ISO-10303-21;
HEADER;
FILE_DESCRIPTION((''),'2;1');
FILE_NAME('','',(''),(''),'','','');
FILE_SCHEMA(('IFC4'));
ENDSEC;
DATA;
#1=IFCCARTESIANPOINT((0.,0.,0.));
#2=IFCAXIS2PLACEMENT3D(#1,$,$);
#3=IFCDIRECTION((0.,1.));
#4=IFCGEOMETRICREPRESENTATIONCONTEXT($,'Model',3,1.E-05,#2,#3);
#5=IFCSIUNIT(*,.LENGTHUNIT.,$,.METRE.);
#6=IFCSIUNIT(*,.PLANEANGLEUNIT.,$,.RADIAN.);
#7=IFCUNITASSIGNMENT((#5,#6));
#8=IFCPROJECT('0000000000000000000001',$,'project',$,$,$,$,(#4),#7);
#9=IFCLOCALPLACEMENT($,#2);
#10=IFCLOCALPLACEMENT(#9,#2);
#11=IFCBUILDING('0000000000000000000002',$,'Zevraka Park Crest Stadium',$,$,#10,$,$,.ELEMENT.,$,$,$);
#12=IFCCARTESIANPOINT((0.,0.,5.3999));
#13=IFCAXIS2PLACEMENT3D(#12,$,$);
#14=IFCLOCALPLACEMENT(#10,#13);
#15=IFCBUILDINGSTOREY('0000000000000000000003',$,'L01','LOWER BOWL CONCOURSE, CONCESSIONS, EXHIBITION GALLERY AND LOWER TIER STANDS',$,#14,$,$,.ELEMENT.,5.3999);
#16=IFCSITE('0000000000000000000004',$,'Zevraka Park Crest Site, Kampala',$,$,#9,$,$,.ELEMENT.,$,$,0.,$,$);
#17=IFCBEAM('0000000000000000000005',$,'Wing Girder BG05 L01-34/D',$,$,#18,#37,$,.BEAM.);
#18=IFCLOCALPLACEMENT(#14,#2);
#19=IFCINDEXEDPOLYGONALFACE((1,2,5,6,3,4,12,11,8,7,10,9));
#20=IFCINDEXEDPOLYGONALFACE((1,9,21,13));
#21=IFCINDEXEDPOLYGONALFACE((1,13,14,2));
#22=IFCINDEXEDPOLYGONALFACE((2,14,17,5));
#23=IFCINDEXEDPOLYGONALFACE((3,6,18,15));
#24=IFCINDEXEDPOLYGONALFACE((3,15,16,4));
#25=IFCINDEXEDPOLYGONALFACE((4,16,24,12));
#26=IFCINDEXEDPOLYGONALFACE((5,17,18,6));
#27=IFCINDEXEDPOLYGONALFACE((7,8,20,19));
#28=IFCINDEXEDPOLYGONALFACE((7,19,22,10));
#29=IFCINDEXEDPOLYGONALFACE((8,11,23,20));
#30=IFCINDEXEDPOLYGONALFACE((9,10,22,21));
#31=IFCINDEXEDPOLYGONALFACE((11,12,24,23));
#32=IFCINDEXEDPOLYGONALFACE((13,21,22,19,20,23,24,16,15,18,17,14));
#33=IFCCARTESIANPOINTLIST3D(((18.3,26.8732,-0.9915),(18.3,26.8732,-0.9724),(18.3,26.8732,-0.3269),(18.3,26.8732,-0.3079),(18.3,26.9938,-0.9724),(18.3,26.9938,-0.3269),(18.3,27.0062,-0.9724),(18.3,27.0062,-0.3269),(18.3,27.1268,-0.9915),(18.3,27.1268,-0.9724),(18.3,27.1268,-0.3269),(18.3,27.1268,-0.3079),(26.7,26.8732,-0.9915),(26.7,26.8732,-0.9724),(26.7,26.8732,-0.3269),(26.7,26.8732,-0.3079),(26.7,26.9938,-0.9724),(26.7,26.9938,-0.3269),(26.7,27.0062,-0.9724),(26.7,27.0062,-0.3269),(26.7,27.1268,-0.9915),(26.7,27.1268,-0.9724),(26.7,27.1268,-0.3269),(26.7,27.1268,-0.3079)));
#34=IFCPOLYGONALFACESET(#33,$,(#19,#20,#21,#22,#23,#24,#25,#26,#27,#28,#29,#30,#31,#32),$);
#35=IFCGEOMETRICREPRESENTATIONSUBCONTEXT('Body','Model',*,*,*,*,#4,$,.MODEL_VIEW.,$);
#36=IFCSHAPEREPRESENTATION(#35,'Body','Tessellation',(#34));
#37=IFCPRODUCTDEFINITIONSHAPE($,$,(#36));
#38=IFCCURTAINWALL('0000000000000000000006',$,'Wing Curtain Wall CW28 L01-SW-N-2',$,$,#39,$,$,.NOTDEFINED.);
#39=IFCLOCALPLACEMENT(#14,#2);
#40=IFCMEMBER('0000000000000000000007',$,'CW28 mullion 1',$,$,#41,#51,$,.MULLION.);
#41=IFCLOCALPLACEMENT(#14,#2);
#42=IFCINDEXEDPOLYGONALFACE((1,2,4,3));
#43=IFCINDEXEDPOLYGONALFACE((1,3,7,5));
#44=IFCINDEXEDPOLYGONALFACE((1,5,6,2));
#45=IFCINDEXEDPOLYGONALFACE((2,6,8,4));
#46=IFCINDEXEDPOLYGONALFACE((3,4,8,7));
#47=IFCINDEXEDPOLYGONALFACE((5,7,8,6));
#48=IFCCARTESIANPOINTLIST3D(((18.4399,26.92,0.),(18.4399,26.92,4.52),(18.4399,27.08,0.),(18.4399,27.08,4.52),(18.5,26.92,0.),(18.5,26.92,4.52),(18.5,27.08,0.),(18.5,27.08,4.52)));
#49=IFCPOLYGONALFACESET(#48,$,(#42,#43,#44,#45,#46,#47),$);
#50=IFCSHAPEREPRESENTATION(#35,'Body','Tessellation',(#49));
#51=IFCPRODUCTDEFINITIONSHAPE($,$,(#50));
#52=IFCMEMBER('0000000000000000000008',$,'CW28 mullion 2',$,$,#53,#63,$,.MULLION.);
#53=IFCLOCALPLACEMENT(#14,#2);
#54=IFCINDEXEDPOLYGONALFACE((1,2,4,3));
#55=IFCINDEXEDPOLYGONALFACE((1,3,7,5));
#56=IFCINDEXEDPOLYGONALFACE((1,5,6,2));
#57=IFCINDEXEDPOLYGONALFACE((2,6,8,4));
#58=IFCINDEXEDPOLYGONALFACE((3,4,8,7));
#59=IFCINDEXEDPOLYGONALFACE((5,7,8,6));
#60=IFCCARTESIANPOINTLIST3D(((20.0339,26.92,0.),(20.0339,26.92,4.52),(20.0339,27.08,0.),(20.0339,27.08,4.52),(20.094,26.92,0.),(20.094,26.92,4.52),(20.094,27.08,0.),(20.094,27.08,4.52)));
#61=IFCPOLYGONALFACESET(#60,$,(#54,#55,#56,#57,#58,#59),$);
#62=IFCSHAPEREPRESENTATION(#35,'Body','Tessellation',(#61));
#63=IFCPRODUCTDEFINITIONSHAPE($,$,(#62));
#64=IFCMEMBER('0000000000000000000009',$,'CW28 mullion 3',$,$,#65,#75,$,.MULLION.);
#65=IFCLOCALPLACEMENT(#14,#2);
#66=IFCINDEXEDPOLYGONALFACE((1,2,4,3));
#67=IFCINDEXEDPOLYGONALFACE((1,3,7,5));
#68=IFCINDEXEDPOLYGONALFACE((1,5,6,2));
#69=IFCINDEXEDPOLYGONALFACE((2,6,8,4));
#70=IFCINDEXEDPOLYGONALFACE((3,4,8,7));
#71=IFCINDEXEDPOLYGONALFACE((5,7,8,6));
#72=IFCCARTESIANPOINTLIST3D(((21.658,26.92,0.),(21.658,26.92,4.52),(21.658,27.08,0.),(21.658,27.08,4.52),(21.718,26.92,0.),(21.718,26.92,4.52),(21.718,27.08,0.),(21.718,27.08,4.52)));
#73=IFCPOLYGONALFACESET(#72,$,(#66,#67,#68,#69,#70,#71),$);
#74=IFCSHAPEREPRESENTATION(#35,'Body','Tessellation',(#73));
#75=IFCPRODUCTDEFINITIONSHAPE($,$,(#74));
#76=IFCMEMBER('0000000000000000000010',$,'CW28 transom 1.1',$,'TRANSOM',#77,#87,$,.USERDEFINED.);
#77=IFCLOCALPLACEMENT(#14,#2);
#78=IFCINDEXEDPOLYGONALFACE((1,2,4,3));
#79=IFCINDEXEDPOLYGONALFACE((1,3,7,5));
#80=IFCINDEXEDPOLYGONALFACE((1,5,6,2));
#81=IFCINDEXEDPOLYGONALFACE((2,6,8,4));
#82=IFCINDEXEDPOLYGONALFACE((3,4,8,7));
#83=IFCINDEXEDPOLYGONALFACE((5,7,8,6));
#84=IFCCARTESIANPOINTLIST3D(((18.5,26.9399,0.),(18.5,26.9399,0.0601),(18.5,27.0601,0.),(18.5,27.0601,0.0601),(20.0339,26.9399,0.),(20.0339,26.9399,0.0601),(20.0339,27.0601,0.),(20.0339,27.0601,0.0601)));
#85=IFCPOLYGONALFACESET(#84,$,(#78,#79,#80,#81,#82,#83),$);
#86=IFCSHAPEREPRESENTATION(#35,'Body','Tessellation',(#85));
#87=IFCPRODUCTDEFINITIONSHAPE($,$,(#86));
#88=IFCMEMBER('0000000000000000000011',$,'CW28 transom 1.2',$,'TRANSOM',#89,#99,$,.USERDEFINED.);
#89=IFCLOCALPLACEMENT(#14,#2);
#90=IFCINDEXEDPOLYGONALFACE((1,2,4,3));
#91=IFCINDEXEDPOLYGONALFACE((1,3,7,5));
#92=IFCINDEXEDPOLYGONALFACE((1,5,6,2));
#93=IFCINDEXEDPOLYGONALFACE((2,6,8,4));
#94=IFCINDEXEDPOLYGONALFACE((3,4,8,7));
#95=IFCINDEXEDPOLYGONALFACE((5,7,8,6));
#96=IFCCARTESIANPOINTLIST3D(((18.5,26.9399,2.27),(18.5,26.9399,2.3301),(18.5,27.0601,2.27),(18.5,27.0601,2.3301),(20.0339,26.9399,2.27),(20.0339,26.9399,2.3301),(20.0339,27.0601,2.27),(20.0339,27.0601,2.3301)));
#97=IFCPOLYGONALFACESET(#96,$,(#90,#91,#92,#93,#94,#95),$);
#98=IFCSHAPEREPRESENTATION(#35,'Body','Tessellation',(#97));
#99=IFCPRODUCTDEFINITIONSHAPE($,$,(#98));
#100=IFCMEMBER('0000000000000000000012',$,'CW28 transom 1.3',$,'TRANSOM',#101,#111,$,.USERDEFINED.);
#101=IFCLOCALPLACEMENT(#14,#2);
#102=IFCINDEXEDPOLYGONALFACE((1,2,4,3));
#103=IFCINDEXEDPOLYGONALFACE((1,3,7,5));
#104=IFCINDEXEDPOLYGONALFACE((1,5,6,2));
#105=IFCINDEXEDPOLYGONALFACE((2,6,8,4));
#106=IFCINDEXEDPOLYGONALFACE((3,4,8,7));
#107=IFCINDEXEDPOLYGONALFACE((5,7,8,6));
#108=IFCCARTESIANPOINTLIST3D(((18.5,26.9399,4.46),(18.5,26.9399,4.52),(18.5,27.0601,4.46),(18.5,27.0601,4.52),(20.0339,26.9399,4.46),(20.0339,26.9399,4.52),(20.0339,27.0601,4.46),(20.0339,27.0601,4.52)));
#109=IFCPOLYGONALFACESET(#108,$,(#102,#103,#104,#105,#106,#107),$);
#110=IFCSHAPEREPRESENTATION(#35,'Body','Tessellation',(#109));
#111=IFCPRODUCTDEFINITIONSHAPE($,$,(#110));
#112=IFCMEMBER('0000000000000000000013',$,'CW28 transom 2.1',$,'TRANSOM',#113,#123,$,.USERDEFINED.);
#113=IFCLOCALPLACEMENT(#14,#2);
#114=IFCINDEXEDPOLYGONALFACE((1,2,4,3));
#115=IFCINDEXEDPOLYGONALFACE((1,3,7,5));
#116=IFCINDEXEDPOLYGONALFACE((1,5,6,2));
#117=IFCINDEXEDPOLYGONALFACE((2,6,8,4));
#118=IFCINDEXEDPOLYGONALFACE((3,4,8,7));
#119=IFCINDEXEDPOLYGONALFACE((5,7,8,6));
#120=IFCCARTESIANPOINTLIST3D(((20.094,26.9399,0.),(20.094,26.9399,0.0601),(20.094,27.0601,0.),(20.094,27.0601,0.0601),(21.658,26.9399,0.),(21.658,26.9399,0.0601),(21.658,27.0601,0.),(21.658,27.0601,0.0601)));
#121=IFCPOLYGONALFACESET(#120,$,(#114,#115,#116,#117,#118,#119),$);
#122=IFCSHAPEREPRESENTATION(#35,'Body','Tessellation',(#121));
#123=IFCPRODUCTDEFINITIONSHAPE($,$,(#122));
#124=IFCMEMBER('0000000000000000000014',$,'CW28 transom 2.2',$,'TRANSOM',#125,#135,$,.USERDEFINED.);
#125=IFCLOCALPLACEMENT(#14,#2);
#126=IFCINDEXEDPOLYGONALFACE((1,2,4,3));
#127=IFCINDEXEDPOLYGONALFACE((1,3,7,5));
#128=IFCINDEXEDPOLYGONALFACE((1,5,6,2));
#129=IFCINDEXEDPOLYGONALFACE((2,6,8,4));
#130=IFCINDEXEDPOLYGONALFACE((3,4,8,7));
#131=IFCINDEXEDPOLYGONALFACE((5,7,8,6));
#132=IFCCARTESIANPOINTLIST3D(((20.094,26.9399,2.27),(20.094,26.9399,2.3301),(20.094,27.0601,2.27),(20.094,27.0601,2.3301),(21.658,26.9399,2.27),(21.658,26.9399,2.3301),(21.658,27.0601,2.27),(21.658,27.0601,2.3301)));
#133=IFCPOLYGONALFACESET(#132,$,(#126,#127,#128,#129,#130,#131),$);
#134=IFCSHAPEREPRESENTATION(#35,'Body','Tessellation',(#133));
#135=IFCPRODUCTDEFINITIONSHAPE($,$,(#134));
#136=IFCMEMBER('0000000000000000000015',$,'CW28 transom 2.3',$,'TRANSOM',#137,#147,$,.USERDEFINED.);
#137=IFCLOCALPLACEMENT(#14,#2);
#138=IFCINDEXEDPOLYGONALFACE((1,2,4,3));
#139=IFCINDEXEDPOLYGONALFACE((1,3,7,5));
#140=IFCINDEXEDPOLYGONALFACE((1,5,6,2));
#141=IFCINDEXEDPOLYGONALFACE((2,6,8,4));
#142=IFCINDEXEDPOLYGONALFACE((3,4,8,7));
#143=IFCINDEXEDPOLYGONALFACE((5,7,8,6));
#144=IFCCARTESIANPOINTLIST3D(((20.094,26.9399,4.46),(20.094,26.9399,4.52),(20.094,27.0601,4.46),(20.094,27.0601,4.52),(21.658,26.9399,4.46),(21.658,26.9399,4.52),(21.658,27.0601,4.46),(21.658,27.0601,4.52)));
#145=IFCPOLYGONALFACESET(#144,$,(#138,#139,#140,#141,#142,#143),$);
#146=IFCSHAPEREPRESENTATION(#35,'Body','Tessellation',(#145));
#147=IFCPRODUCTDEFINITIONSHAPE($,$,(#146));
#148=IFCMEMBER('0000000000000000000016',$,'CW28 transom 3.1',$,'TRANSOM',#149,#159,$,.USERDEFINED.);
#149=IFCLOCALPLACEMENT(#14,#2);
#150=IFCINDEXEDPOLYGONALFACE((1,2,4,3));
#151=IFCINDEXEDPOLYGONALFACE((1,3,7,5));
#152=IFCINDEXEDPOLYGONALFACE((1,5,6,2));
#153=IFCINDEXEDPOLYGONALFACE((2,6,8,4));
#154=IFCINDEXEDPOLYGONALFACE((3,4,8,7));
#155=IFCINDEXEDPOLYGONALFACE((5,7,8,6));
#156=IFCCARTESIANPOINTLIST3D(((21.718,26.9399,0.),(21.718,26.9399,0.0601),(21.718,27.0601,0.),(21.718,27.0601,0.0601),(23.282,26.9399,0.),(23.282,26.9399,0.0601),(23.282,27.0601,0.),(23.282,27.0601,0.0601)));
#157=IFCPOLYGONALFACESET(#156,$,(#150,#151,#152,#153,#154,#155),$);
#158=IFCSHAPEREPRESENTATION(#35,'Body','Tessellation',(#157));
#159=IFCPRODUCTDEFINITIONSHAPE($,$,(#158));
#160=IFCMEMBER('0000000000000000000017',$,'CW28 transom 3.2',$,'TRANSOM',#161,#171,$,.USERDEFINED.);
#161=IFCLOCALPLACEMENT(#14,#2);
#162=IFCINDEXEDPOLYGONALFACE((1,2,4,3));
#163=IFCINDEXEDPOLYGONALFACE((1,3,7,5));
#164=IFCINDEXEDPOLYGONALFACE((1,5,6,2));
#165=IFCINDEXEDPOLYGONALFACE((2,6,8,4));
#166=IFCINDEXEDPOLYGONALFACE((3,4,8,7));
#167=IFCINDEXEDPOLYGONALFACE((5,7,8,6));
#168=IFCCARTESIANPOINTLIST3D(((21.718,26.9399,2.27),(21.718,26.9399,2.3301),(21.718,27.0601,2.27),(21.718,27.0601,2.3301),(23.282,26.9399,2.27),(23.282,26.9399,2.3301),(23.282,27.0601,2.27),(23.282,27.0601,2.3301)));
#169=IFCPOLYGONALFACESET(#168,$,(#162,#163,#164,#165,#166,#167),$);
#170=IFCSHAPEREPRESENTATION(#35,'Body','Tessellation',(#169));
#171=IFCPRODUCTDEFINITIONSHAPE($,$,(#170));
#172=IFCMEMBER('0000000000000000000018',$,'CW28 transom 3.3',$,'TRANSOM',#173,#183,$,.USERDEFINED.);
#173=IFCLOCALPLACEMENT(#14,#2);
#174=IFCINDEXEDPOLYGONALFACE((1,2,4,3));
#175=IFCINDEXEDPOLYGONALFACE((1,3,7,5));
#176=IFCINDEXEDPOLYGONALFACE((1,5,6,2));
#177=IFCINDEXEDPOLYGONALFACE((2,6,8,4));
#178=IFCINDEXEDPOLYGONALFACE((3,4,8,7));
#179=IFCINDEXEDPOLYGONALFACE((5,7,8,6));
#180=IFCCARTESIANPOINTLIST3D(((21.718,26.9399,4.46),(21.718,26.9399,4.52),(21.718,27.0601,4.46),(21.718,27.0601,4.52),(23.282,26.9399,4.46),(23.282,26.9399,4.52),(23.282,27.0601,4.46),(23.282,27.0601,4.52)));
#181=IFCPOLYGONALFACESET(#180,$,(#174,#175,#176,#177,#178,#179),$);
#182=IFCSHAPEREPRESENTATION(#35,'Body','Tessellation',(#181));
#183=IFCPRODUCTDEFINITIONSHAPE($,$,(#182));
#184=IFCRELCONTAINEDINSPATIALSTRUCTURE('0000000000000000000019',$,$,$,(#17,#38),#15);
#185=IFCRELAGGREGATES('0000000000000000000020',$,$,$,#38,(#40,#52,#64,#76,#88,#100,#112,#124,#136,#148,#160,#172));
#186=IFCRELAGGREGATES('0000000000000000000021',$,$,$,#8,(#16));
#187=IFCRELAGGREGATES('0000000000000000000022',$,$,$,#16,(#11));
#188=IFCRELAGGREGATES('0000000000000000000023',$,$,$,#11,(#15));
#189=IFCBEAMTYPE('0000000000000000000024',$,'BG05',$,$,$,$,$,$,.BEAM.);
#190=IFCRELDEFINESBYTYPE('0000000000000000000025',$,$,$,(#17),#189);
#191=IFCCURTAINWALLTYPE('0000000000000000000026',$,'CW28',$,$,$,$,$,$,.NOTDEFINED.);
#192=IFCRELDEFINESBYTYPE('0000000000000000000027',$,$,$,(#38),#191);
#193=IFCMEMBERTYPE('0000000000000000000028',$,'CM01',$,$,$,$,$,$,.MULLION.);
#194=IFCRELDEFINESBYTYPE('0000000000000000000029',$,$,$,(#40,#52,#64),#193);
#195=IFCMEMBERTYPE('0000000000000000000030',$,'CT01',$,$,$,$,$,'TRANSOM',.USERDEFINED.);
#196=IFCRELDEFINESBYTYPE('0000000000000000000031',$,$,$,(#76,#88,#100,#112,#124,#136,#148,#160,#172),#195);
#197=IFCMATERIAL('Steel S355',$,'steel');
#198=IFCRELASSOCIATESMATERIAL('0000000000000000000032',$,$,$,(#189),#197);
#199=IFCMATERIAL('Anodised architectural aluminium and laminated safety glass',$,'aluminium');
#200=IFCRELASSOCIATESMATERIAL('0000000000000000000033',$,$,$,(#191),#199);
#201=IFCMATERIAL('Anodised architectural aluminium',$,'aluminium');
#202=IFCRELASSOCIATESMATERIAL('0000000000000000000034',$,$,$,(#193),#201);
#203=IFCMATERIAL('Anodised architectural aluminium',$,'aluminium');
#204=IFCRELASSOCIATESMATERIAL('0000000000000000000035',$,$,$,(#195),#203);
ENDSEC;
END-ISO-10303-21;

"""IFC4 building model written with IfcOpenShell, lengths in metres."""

from ifc_helpers import new_model, si_unit, direction, frame, origin, origin_2d, place, context, subcontext, project, spatial, rectangle, i_section, extrude, material, material_profile, profile_set, type_object, element, aggregate, save


model = new_model("IFC4")

# Units and contexts
model_context = context("Model", 3, precision=1e-05, world=origin(), true_north=direction((0.0, 1.0)))
body_context = subcontext(model_context, "Body", "Model", "MODEL_VIEW")
ifc_project = project(units=[si_unit("LENGTHUNIT", "METRE"), si_unit("PLANEANGLEUNIT", "RADIAN")], contexts=[model_context])

# Site, building, storey
site_placement = place(None, origin())
site = spatial("IfcSite", under=ifc_project, at=site_placement, Name="Zevraka Park Crest Site, Kampala", CompositionType="ELEMENT", RefElevation=0.0)
building_placement = place(site_placement, origin())
building = spatial("IfcBuilding", under=site, at=building_placement, Name="Zevraka Park Crest Stadium", CompositionType="ELEMENT")
storey_placement = place(building_placement, frame((0.0, 0.0, 5.3999)))
storey = spatial("IfcBuildingStorey", under=building, at=storey_placement, Name="L01", Description="LOWER BOWL CONCOURSE, CONCESSIONS, EXHIBITION GALLERY AND LOWER TIER STANDS", CompositionType="ELEMENT", Elevation=5.3999)

# Beam
ifc_material_1 = material(Name="Steel S355", Category="steel")
ifc_material_profile_1 = material_profile(ifc_material_1, i_section(OverallWidth=0.2537, OverallDepth=0.6836, WebThickness=0.0125, FlangeThickness=0.019, at=origin_2d()), Name="UKB 686x254x140")
ifc_profile_set_1 = profile_set([ifc_material_profile_1], Name="Steel S355")
beam_type = type_object("IfcBeamType", Name="BG05", PredefinedType="BEAM", material=ifc_profile_set_1)
beam_placement = place(storey_placement, frame((18.3, 27.0, -0.6497), z_axis=(1.0, 0.0, 0.0), x_axis=(0.0, 1.0, 0.0)))
element("IfcBeam", 1, at=beam_placement, inside=storey, type_object=beam_type, Name="Wing Girder BG05 L01-34/D", PredefinedType="BEAM", context=body_context, shape_type="SweptSolid", body=[
    extrude(i_section(OverallWidth=0.2537, OverallDepth=0.6836, WebThickness=0.0125, FlangeThickness=0.019, at=origin_2d()), origin(), (0.0, 0.0, 1.0), 8.3999),
])

# Curtain wall, members
ifc_material_2 = material(Name="Anodised architectural aluminium and laminated safety glass", Category="aluminium")
curtain_wall_type = type_object("IfcCurtainWallType", Name="CW28", PredefinedType="NOTDEFINED", material=ifc_material_2)
curtain_wall_placement = place(storey_placement, origin())
curtain_wall = element("IfcCurtainWall", 2, at=curtain_wall_placement, inside=storey, type_object=curtain_wall_type, Name="Wing Curtain Wall CW28 L01-SW-N-2", PredefinedType="NOTDEFINED")
ifc_material_3 = material(Name="Anodised architectural aluminium", Category="aluminium")
ifc_material_profile_2 = material_profile(ifc_material_3, rectangle(XDim=0.1599, YDim=0.0601, at=origin_2d()), Name="ALU MULLION 160x60")
ifc_profile_set_2 = profile_set([ifc_material_profile_2], Name="Anodised architectural aluminium")
member_type_1 = type_object("IfcMemberType", Name="CM01", PredefinedType="MULLION", material=ifc_profile_set_2)
member_1_placement = place(storey_placement, frame((18.47, 27.0, 0.0), z_axis=(0.0, 0.0, 1.0), x_axis=(0.0, 1.0, 0.0)))
member_1 = element("IfcMember", 3, at=member_1_placement, type_object=member_type_1, Name="CW28 mullion 1", PredefinedType="MULLION", context=body_context, shape_type="SweptSolid", body=[
    extrude(rectangle(XDim=0.1599, YDim=0.0601, at=origin_2d()), origin(), (0.0, 0.0, 1.0), 4.52),
])
member_2_placement = place(storey_placement, frame((20.064, 27.0, 0.0), z_axis=(0.0, 0.0, 1.0), x_axis=(0.0, 1.0, 0.0)))
member_2 = element("IfcMember", 4, at=member_2_placement, type_object=member_type_1, Name="CW28 mullion 2", PredefinedType="MULLION", context=body_context, shape_type="SweptSolid", body=[
    extrude(rectangle(XDim=0.1599, YDim=0.0601, at=origin_2d()), origin(), (0.0, 0.0, 1.0), 4.52),
])
member_3_placement = place(storey_placement, frame((21.688, 27.0, 0.0), z_axis=(0.0, 0.0, 1.0), x_axis=(0.0, 1.0, 0.0)))
member_3 = element("IfcMember", 5, at=member_3_placement, type_object=member_type_1, Name="CW28 mullion 3", PredefinedType="MULLION", context=body_context, shape_type="SweptSolid", body=[
    extrude(rectangle(XDim=0.1599, YDim=0.0601, at=origin_2d()), origin(), (0.0, 0.0, 1.0), 4.52),
])
ifc_material_4 = material(Name="Anodised architectural aluminium", Category="aluminium")
ifc_material_profile_3 = material_profile(ifc_material_4, rectangle(XDim=0.1201, YDim=0.0601, at=origin_2d()), Name="ALU TRANSOM 120x60")
ifc_profile_set_3 = profile_set([ifc_material_profile_3], Name="Anodised architectural aluminium")
member_type_2 = type_object("IfcMemberType", Name="CT01", ElementType="TRANSOM", PredefinedType="USERDEFINED", material=ifc_profile_set_3)
member_4_placement = place(storey_placement, frame((18.5, 27.0, 0.03), z_axis=(1.0, 0.0, 0.0), x_axis=(0.0, 1.0, 0.0)))
member_4 = element("IfcMember", 6, at=member_4_placement, type_object=member_type_2, Name="CW28 transom 1.1", ObjectType="TRANSOM", PredefinedType="USERDEFINED", context=body_context, shape_type="SweptSolid", body=[
    extrude(rectangle(XDim=0.1201, YDim=0.0601, at=origin_2d()), origin(), (0.0, 0.0, 1.0), 1.5339),
])
member_5_placement = place(storey_placement, frame((18.5, 27.0, 2.3), z_axis=(1.0, 0.0, 0.0), x_axis=(0.0, 1.0, 0.0)))
member_5 = element("IfcMember", 7, at=member_5_placement, type_object=member_type_2, Name="CW28 transom 1.2", ObjectType="TRANSOM", PredefinedType="USERDEFINED", context=body_context, shape_type="SweptSolid", body=[
    extrude(rectangle(XDim=0.1201, YDim=0.0601, at=origin_2d()), origin(), (0.0, 0.0, 1.0), 1.5339),
])
member_6_placement = place(storey_placement, frame((18.5, 27.0, 4.49), z_axis=(1.0, 0.0, 0.0), x_axis=(0.0, 1.0, 0.0)))
member_6 = element("IfcMember", 8, at=member_6_placement, type_object=member_type_2, Name="CW28 transom 1.3", ObjectType="TRANSOM", PredefinedType="USERDEFINED", context=body_context, shape_type="SweptSolid", body=[
    extrude(rectangle(XDim=0.1201, YDim=0.0601, at=origin_2d()), origin(), (0.0, 0.0, 1.0), 1.5339),
])
member_7_placement = place(storey_placement, frame((20.094, 27.0, 0.03), z_axis=(1.0, 0.0, 0.0), x_axis=(0.0, 1.0, 0.0)))
member_7 = element("IfcMember", 9, at=member_7_placement, type_object=member_type_2, Name="CW28 transom 2.1", ObjectType="TRANSOM", PredefinedType="USERDEFINED", context=body_context, shape_type="SweptSolid", body=[
    extrude(rectangle(XDim=0.1201, YDim=0.0601, at=origin_2d()), origin(), (0.0, 0.0, 1.0), 1.564),
])
member_8_placement = place(storey_placement, frame((20.094, 27.0, 2.3), z_axis=(1.0, 0.0, 0.0), x_axis=(0.0, 1.0, 0.0)))
member_8 = element("IfcMember", 10, at=member_8_placement, type_object=member_type_2, Name="CW28 transom 2.2", ObjectType="TRANSOM", PredefinedType="USERDEFINED", context=body_context, shape_type="SweptSolid", body=[
    extrude(rectangle(XDim=0.1201, YDim=0.0601, at=origin_2d()), origin(), (0.0, 0.0, 1.0), 1.564),
])
member_9_placement = place(storey_placement, frame((20.094, 27.0, 4.49), z_axis=(1.0, 0.0, 0.0), x_axis=(0.0, 1.0, 0.0)))
member_9 = element("IfcMember", 11, at=member_9_placement, type_object=member_type_2, Name="CW28 transom 2.3", ObjectType="TRANSOM", PredefinedType="USERDEFINED", context=body_context, shape_type="SweptSolid", body=[
    extrude(rectangle(XDim=0.1201, YDim=0.0601, at=origin_2d()), origin(), (0.0, 0.0, 1.0), 1.564),
])
member_10_placement = place(storey_placement, frame((21.718, 27.0, 0.03), z_axis=(1.0, 0.0, 0.0), x_axis=(0.0, 1.0, 0.0)))
member_10 = element("IfcMember", 12, at=member_10_placement, type_object=member_type_2, Name="CW28 transom 3.1", ObjectType="TRANSOM", PredefinedType="USERDEFINED", context=body_context, shape_type="SweptSolid", body=[
    extrude(rectangle(XDim=0.1201, YDim=0.0601, at=origin_2d()), origin(), (0.0, 0.0, 1.0), 1.564),
])
member_11_placement = place(storey_placement, frame((21.718, 27.0, 2.3), z_axis=(1.0, 0.0, 0.0), x_axis=(0.0, 1.0, 0.0)))
member_11 = element("IfcMember", 13, at=member_11_placement, type_object=member_type_2, Name="CW28 transom 3.2", ObjectType="TRANSOM", PredefinedType="USERDEFINED", context=body_context, shape_type="SweptSolid", body=[
    extrude(rectangle(XDim=0.1201, YDim=0.0601, at=origin_2d()), origin(), (0.0, 0.0, 1.0), 1.564),
])
member_12_placement = place(storey_placement, frame((21.718, 27.0, 4.49), z_axis=(1.0, 0.0, 0.0), x_axis=(0.0, 1.0, 0.0)))
member_12 = element("IfcMember", 14, at=member_12_placement, type_object=member_type_2, Name="CW28 transom 3.3", ObjectType="TRANSOM", PredefinedType="USERDEFINED", context=body_context, shape_type="SweptSolid", body=[
    extrude(rectangle(XDim=0.1201, YDim=0.0601, at=origin_2d()), origin(), (0.0, 0.0, 1.0), 1.564),
])
aggregate(curtain_wall, [member_1, member_2, member_3, member_4, member_5, member_6, member_7, member_8, member_9, member_10, member_11, member_12])

save(model, "model.ifc")
